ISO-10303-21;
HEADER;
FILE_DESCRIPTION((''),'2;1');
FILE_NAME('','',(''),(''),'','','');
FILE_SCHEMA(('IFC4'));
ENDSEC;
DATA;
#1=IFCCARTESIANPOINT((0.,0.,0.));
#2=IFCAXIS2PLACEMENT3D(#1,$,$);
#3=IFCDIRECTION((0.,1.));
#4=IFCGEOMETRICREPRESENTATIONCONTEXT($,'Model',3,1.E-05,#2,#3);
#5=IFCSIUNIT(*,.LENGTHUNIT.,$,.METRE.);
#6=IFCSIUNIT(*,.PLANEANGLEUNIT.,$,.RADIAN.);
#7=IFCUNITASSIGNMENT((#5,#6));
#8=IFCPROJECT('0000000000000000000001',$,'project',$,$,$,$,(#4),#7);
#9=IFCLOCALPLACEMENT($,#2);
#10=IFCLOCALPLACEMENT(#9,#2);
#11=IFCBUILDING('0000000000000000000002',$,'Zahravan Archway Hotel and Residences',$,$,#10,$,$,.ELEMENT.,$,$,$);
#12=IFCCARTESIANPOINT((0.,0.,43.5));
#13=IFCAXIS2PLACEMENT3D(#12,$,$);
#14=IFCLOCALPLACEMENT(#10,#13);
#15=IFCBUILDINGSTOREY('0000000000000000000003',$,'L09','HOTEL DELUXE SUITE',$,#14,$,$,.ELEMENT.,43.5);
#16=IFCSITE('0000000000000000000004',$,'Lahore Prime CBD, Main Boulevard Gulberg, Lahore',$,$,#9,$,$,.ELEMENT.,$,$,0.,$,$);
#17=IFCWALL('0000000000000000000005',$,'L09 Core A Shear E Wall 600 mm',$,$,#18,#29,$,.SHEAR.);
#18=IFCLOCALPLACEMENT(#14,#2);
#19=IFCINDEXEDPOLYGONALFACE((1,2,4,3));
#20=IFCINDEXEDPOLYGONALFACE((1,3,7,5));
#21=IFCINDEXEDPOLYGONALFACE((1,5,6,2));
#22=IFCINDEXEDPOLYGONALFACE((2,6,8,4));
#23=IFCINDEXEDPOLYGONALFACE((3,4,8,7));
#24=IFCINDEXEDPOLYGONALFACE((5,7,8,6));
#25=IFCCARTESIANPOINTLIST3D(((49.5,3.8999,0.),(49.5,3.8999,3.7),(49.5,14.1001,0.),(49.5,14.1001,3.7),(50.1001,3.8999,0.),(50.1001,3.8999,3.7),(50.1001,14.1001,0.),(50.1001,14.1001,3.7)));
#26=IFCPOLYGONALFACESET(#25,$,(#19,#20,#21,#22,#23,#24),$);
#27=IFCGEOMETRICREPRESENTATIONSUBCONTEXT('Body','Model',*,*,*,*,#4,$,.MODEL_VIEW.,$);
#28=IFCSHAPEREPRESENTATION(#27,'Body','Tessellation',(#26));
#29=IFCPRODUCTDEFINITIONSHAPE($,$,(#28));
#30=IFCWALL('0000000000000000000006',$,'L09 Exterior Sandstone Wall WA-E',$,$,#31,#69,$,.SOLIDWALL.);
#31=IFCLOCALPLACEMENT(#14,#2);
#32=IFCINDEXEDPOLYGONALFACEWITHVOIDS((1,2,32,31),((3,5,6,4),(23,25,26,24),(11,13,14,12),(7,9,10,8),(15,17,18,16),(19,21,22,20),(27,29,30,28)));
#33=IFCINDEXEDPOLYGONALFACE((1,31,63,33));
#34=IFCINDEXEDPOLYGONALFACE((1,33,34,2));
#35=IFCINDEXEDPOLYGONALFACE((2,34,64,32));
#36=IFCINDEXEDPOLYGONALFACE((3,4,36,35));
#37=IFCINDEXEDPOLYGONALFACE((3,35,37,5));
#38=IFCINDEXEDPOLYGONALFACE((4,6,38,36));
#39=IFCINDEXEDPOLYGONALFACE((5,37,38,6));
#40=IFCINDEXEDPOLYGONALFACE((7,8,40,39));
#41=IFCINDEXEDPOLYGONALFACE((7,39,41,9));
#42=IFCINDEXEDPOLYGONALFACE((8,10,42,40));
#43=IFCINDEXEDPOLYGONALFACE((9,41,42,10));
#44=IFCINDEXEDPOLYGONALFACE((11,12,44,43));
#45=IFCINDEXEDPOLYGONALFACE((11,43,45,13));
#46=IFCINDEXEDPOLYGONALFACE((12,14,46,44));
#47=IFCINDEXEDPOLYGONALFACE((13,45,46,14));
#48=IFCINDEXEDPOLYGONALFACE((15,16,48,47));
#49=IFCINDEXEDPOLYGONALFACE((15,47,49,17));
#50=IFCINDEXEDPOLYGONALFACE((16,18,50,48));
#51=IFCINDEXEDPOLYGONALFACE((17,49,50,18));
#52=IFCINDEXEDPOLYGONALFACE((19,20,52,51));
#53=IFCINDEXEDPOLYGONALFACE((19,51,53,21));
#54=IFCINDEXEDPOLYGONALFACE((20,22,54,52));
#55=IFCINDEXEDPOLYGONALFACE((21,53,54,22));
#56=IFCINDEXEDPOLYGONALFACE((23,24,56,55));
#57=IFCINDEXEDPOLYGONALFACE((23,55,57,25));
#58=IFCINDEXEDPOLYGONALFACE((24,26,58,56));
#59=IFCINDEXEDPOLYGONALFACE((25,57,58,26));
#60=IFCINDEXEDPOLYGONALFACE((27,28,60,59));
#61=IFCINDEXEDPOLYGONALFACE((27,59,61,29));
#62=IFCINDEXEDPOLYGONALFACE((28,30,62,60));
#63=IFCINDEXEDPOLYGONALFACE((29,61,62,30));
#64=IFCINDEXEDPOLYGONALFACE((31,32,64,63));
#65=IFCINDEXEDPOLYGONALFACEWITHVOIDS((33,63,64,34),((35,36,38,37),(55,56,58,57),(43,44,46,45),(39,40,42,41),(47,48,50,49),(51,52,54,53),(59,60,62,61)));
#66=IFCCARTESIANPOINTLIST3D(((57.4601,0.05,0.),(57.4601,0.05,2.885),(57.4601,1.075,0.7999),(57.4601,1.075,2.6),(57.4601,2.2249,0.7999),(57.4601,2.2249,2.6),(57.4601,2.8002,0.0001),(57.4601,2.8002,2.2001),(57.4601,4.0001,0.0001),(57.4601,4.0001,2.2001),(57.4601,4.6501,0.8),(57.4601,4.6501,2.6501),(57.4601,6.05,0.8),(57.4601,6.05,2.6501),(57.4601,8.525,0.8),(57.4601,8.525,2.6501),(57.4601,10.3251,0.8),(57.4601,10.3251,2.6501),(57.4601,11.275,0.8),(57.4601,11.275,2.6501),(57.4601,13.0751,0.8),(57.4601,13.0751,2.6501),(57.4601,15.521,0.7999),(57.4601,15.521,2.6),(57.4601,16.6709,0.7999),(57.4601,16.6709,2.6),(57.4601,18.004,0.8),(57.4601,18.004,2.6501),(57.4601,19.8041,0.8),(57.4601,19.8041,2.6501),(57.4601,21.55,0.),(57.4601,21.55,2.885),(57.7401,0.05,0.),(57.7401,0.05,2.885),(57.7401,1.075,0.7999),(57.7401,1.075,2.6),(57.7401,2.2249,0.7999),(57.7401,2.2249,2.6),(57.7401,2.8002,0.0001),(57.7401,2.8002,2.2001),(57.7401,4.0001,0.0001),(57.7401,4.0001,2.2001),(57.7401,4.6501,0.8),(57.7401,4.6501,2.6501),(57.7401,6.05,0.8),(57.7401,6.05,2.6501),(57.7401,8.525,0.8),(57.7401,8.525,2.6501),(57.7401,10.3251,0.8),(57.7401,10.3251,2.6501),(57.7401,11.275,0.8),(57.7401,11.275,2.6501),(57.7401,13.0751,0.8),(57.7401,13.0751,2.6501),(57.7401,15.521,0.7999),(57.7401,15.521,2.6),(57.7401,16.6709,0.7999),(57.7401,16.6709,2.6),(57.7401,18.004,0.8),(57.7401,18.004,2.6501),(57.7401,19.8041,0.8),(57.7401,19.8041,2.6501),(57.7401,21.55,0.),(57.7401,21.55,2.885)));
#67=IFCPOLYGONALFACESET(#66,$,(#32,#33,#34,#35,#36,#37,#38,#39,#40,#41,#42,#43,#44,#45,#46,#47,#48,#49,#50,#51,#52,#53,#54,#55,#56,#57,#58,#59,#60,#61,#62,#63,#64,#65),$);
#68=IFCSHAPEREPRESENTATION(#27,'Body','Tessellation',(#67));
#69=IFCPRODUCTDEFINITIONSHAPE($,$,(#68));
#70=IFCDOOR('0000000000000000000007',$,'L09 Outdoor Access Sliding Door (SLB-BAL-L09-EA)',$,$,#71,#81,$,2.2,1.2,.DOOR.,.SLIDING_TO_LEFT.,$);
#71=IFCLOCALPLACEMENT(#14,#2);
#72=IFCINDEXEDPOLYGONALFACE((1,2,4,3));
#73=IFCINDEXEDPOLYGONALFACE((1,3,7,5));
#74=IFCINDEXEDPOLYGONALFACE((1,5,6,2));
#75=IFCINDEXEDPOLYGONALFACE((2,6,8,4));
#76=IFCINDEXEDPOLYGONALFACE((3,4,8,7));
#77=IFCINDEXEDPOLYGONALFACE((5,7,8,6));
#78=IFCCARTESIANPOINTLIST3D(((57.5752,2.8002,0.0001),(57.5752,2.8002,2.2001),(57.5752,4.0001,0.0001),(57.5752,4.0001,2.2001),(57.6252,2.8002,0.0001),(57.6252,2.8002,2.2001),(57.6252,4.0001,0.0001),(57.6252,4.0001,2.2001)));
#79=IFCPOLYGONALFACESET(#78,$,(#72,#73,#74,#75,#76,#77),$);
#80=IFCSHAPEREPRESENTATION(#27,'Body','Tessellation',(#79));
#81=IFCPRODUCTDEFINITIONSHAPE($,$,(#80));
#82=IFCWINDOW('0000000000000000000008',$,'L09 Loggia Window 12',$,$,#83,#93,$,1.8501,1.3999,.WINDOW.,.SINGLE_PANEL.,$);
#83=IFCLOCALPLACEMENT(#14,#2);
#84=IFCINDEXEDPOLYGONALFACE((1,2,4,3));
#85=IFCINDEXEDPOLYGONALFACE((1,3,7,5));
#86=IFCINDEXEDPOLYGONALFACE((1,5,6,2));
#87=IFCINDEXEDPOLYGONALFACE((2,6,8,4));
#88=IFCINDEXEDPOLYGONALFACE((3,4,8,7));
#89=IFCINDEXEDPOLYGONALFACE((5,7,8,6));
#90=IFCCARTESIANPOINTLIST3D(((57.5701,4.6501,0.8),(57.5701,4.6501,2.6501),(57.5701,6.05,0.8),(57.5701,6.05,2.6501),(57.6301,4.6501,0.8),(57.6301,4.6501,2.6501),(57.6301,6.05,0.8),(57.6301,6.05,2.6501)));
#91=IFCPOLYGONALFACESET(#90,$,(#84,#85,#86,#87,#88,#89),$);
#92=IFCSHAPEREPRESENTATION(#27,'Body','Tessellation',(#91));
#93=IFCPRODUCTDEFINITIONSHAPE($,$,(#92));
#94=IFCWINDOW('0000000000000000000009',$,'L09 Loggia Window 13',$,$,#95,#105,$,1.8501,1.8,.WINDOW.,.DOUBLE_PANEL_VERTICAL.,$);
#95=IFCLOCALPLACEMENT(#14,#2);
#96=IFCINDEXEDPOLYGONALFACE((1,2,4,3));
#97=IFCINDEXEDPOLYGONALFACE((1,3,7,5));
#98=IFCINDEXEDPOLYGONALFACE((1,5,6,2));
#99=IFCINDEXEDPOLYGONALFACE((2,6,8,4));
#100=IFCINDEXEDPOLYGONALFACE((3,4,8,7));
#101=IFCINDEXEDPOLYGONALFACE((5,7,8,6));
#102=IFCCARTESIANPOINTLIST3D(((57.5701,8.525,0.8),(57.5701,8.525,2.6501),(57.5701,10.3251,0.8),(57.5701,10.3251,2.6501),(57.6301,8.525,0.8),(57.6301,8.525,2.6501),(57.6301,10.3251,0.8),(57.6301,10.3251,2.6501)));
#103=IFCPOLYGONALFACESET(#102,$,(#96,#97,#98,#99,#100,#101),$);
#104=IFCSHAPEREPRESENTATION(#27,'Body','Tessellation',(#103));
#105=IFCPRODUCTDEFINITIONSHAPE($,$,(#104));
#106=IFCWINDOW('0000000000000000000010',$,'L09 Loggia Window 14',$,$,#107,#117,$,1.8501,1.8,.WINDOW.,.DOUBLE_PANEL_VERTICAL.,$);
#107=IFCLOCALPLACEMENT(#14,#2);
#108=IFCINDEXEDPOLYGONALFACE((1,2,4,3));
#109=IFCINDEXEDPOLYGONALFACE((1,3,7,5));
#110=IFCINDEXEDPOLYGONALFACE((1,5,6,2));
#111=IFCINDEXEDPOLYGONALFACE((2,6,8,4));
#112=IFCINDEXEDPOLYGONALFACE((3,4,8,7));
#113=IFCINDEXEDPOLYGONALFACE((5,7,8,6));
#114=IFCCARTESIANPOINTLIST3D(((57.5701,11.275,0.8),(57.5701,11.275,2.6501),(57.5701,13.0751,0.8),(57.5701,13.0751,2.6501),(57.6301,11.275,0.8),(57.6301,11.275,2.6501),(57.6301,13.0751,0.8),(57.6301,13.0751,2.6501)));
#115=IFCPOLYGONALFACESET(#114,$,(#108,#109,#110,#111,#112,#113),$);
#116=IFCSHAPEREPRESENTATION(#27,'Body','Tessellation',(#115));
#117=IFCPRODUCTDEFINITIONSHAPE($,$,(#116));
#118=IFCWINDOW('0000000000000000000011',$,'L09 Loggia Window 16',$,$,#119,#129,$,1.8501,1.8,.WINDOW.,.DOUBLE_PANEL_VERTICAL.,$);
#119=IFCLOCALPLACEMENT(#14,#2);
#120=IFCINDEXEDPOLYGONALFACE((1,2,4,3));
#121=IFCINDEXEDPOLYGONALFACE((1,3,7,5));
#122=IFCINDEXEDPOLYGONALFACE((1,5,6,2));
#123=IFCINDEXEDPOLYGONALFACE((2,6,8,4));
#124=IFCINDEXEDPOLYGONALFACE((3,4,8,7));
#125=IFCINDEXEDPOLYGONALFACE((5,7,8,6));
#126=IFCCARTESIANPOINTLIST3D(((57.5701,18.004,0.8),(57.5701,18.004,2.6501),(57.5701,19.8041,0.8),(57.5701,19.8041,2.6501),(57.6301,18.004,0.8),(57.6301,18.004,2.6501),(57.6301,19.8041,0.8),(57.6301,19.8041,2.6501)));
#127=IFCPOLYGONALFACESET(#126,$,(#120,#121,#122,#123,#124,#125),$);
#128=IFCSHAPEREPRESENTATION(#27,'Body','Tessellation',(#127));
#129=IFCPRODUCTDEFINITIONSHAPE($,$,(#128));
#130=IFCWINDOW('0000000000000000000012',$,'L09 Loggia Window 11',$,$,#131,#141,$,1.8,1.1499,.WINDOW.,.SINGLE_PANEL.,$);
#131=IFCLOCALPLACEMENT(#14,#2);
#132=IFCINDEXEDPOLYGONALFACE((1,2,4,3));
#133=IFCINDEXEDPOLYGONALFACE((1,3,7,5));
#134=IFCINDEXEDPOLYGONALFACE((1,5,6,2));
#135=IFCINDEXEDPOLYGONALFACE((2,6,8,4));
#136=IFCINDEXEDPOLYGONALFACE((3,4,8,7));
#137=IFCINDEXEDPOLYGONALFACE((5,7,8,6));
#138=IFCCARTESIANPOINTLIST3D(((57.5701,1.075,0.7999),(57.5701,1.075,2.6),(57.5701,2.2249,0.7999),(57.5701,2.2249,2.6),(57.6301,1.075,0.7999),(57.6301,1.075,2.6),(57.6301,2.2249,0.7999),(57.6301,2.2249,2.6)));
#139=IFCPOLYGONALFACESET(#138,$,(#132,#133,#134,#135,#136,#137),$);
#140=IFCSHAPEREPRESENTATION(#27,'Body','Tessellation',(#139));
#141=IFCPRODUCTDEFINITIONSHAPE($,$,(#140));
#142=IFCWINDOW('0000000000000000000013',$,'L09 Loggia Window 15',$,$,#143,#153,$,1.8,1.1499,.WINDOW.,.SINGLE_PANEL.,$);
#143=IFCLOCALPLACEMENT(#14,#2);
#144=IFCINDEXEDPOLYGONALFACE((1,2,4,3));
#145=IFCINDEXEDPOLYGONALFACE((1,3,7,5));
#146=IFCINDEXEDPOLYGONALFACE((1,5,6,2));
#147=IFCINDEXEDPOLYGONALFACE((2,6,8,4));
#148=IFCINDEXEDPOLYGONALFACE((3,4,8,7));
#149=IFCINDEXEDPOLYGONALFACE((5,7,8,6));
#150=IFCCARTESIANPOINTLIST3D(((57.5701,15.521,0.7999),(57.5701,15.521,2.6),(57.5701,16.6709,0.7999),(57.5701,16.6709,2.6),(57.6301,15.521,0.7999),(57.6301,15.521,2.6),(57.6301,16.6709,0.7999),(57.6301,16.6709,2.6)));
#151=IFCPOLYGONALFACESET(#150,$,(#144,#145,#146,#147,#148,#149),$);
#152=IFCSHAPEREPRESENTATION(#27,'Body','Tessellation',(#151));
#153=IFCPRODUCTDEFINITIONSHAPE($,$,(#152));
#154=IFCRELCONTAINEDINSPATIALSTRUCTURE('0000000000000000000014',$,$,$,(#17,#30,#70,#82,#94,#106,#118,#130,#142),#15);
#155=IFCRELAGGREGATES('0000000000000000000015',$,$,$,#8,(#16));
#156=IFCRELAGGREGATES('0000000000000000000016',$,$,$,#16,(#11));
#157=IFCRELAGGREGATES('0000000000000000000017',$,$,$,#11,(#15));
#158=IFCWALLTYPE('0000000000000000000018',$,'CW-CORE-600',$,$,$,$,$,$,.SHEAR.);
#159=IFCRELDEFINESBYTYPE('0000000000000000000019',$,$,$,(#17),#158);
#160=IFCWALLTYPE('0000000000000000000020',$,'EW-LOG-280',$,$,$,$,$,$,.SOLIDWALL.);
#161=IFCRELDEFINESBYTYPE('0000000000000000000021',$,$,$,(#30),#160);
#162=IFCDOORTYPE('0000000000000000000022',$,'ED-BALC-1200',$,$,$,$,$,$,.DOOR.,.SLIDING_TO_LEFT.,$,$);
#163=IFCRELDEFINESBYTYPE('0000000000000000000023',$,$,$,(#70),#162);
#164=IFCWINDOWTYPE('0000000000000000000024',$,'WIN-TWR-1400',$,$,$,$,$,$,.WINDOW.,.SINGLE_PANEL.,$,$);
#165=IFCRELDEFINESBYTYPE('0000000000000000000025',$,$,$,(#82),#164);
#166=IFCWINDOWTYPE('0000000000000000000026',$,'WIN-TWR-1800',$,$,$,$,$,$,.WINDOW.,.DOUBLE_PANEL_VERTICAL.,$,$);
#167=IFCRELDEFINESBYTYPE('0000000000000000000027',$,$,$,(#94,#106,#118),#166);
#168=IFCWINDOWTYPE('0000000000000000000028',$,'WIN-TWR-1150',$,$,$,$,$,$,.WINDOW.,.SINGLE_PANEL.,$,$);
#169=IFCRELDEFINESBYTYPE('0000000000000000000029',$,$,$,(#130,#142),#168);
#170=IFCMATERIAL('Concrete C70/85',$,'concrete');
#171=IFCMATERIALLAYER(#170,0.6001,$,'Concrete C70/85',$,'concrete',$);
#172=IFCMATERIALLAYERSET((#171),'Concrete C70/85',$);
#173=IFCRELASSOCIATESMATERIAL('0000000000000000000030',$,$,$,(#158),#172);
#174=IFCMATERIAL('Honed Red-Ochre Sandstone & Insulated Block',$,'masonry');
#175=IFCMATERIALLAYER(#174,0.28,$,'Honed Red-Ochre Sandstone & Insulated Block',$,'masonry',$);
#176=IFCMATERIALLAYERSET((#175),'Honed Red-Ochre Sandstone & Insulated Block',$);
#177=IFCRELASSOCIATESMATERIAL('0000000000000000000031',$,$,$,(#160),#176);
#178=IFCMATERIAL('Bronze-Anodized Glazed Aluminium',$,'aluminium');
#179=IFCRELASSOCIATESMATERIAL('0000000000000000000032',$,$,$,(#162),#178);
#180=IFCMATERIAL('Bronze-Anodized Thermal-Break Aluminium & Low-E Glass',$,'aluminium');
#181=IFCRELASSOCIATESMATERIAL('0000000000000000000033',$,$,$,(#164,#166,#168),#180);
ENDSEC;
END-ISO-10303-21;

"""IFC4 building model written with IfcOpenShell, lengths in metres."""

from ifc_helpers import new_model, si_unit, direction, frame, frame_2d, origin, place, context, subcontext, project, spatial, rectangle, extrude, source, transform, mapped, material, layer, layer_set, type_object, type_shapes, element, fill, save


model = new_model("IFC4")

# Units and contexts
model_context = context("Model", 3, precision=1e-05, world=origin(), true_north=direction((0.0, 1.0)))
body_context = subcontext(model_context, "Body", "Model", "MODEL_VIEW")
ifc_project = project(units=[si_unit("LENGTHUNIT", "METRE"), si_unit("PLANEANGLEUNIT", "RADIAN")], contexts=[model_context])

# Site, building, storey
site_placement = place(None, origin())
site = spatial("IfcSite", under=ifc_project, at=site_placement, Name="Lahore Prime CBD, Main Boulevard Gulberg, Lahore", CompositionType="ELEMENT", RefElevation=0.0)
building_placement = place(site_placement, origin())
building = spatial("IfcBuilding", under=site, at=building_placement, Name="Zahravan Archway Hotel and Residences", CompositionType="ELEMENT")
storey_placement = place(building_placement, frame((0.0, 0.0, 43.5)))
storey = spatial("IfcBuildingStorey", under=building, at=storey_placement, Name="L09", Description="HOTEL DELUXE SUITE", CompositionType="ELEMENT", Elevation=43.5)

# Shared definitions
ifc_material_1 = material(Name="Concrete C70/85", Category="concrete")

# Wall
ifc_layer_1 = layer(ifc_material_1, 0.6001, Name="Concrete C70/85", Category="concrete")
ifc_layer_set_1 = layer_set([ifc_layer_1], Name="Concrete C70/85")
wall_type_1 = type_object("IfcWallType", Name="CW-CORE-600", PredefinedType="SHEAR", material=ifc_layer_set_1)
wall_1_placement = place(storey_placement, frame((49.8, 3.8999, 0.0), z_axis=(0.0, 0.0, 1.0), x_axis=(0.0, 1.0, 0.0)))
element("IfcWall", 1, at=wall_1_placement, inside=storey, type_object=wall_type_1, Name="L09 Core A Shear E Wall 600 mm", PredefinedType="SHEAR", context=body_context, shape_type="SweptSolid", body=[
    extrude(rectangle(XDim=10.2002, YDim=0.6001, at=frame_2d((5.1001, 0.0))), origin(), (0.0, 0.0, 1.0), 3.7),
])

# Wall, openings, door, windows
ifc_material_2 = material(Name="Honed Red-Ochre Sandstone & Insulated Block", Category="masonry")
ifc_layer_2 = layer(ifc_material_2, 0.28, Name="Honed Red-Ochre Sandstone & Insulated Block", Category="masonry")
ifc_layer_set_2 = layer_set([ifc_layer_2], Name="Honed Red-Ochre Sandstone & Insulated Block")
wall_type_2 = type_object("IfcWallType", Name="EW-LOG-280", PredefinedType="SOLIDWALL", material=ifc_layer_set_2)
wall_2_placement = place(storey_placement, frame((57.6001, 0.05, 0.0), z_axis=(0.0, 0.0, 1.0), x_axis=(0.0, 1.0, 0.0)))
wall_2 = element("IfcWall", 2, at=wall_2_placement, inside=storey, type_object=wall_type_2, Name="L09 Exterior Sandstone Wall WA-E", PredefinedType="SOLIDWALL", context=body_context, shape_type="SweptSolid", body=[
    extrude(rectangle(XDim=21.5, YDim=0.28, at=frame_2d((10.75, 0.0))), origin(), (0.0, 0.0, 1.0), 2.885),
])
opening_1_placement = place(wall_2_placement, frame((2.75, 0.0, 0.0)))
opening_1 = element("IfcOpeningElement", 3, at=opening_1_placement, cuts=wall_2, PredefinedType="OPENING", context=body_context, shape_type="SweptSolid", body=[
    extrude(rectangle(XDim=1.2, YDim=2.2, at=frame_2d((0.6001, 1.1001))), frame((0.0, 0.1499, 0.0), z_axis=(0.0, -1.0, 0.0), x_axis=(1.0, 0.0, 0.0)), (0.0, 0.0, 1.0), 0.3),
])
opening_2_placement = place(wall_2_placement, frame((1.0249, 0.0, 0.8)))
opening_2 = element("IfcOpeningElement", 4, at=opening_2_placement, cuts=wall_2, PredefinedType="OPENING", context=body_context, shape_type="SweptSolid", body=[
    extrude(rectangle(XDim=1.1499, YDim=1.8, at=frame_2d((0.575, 0.8999))), frame((0.0, 0.1499, 0.0), z_axis=(0.0, -1.0, 0.0), x_axis=(1.0, 0.0, 0.0)), (0.0, 0.0, 1.0), 0.3),
])
opening_3_placement = place(wall_2_placement, frame((4.6001, 0.0, 0.8)))
opening_3 = element("IfcOpeningElement", 5, at=opening_3_placement, cuts=wall_2, PredefinedType="OPENING", context=body_context, shape_type="SweptSolid", body=[
    extrude(rectangle(XDim=1.3999, YDim=1.8501, at=frame_2d((0.7, 0.925))), frame((0.0, 0.1499, 0.0), z_axis=(0.0, -1.0, 0.0), x_axis=(1.0, 0.0, 0.0)), (0.0, 0.0, 1.0), 0.3),
])
opening_4_placement = place(wall_2_placement, frame((8.4751, 0.0, 0.8)))
opening_4 = element("IfcOpeningElement", 6, at=opening_4_placement, cuts=wall_2, PredefinedType="OPENING", context=body_context, shape_type="SweptSolid", body=[
    extrude(rectangle(XDim=1.8, YDim=1.8501, at=frame_2d((0.8999, 0.925))), frame((0.0, 0.1499, 0.0), z_axis=(0.0, -1.0, 0.0), x_axis=(1.0, 0.0, 0.0)), (0.0, 0.0, 1.0), 0.3),
])
opening_5_placement = place(wall_2_placement, frame((11.2251, 0.0, 0.8)))
opening_5 = element("IfcOpeningElement", 7, at=opening_5_placement, cuts=wall_2, PredefinedType="OPENING", context=body_context, shape_type="SweptSolid", body=[
    extrude(rectangle(XDim=1.8, YDim=1.8501, at=frame_2d((0.8999, 0.925))), frame((0.0, 0.1499, 0.0), z_axis=(0.0, -1.0, 0.0), x_axis=(1.0, 0.0, 0.0)), (0.0, 0.0, 1.0), 0.3),
])
opening_6_placement = place(wall_2_placement, frame((15.4709, 0.0, 0.8)))
opening_6 = element("IfcOpeningElement", 8, at=opening_6_placement, cuts=wall_2, PredefinedType="OPENING", context=body_context, shape_type="SweptSolid", body=[
    extrude(rectangle(XDim=1.1499, YDim=1.8, at=frame_2d((0.575, 0.8999))), frame((0.0, 0.1499, 0.0), z_axis=(0.0, -1.0, 0.0), x_axis=(1.0, 0.0, 0.0)), (0.0, 0.0, 1.0), 0.3),
])
opening_7_placement = place(wall_2_placement, frame((17.9541, 0.0, 0.8)))
opening_7 = element("IfcOpeningElement", 9, at=opening_7_placement, cuts=wall_2, PredefinedType="OPENING", context=body_context, shape_type="SweptSolid", body=[
    extrude(rectangle(XDim=1.8, YDim=1.8501, at=frame_2d((0.8999, 0.925))), frame((0.0, 0.1499, 0.0), z_axis=(0.0, -1.0, 0.0), x_axis=(1.0, 0.0, 0.0)), (0.0, 0.0, 1.0), 0.3),
])
ifc_material_3 = material(Name="Bronze-Anodized Glazed Aluminium", Category="aluminium")
door_type = type_object("IfcDoorType", Name="ED-BALC-1200", OperationType="SLIDING_TO_LEFT", PredefinedType="DOOR", material=ifc_material_3)
shared_shape_1 = source(origin(), body_context, "Body", "SweptSolid", [
    extrude(rectangle(XDim=1.2, YDim=2.2, at=frame_2d((0.6001, 1.1001))), frame((0.0, 0.0249, 0.0), z_axis=(0.0, -1.0, 0.0), x_axis=(1.0, 0.0, 0.0)), (0.0, 0.0, 1.0), 0.05),
])
type_shapes(door_type, [shared_shape_1])
door_placement = place(opening_1_placement, origin())
door = element("IfcDoor", 10, at=door_placement, inside=storey, type_object=door_type, Name="L09 Outdoor Access Sliding Door (SLB-BAL-L09-EA)", OperationType="SLIDING_TO_LEFT", OverallHeight=2.2, OverallWidth=1.2, PredefinedType="DOOR", context=body_context, shape_type="MappedRepresentation", body=[
    mapped(shared_shape_1, transform((0.0, 0.0, 0.0), scale=1.0)),
])
fill(opening_1, door)
ifc_material_4 = material(Name="Bronze-Anodized Thermal-Break Aluminium & Low-E Glass", Category="aluminium")
window_type_1 = type_object("IfcWindowType", Name="WIN-TWR-1400", PartitioningType="SINGLE_PANEL", PredefinedType="WINDOW", material=ifc_material_4)
shared_shape_2 = source(origin(), body_context, "Body", "SweptSolid", [
    extrude(rectangle(XDim=1.3999, YDim=1.8501, at=frame_2d((0.7, 0.925))), frame((0.0, 0.03, 0.0), z_axis=(0.0, -1.0, 0.0), x_axis=(1.0, 0.0, 0.0)), (0.0, 0.0, 1.0), 0.0601),
])
type_shapes(window_type_1, [shared_shape_2])
window_1_placement = place(opening_3_placement, origin())
window_1 = element("IfcWindow", 11, at=window_1_placement, inside=storey, type_object=window_type_1, Name="L09 Loggia Window 12", OverallHeight=1.8501, OverallWidth=1.3999, PartitioningType="SINGLE_PANEL", PredefinedType="WINDOW", context=body_context, shape_type="MappedRepresentation", body=[
    mapped(shared_shape_2, transform((0.0, 0.0, 0.0), scale=1.0)),
])
fill(opening_3, window_1)
window_type_2 = type_object("IfcWindowType", Name="WIN-TWR-1800", PartitioningType="DOUBLE_PANEL_VERTICAL", PredefinedType="WINDOW", material=ifc_material_4)
shared_shape_3 = source(origin(), body_context, "Body", "SweptSolid", [
    extrude(rectangle(XDim=1.8, YDim=1.8501, at=frame_2d((0.8999, 0.925))), frame((0.0, 0.03, 0.0), z_axis=(0.0, -1.0, 0.0), x_axis=(1.0, 0.0, 0.0)), (0.0, 0.0, 1.0), 0.0601),
])
type_shapes(window_type_2, [shared_shape_3])
window_2_placement = place(opening_4_placement, origin())
window_2 = element("IfcWindow", 12, at=window_2_placement, inside=storey, type_object=window_type_2, Name="L09 Loggia Window 13", OverallHeight=1.8501, OverallWidth=1.8, PartitioningType="DOUBLE_PANEL_VERTICAL", PredefinedType="WINDOW", context=body_context, shape_type="MappedRepresentation", body=[
    mapped(shared_shape_3, transform((0.0, 0.0, 0.0), scale=1.0)),
])
fill(opening_4, window_2)
window_3_placement = place(opening_5_placement, origin())
window_3 = element("IfcWindow", 13, at=window_3_placement, inside=storey, type_object=window_type_2, Name="L09 Loggia Window 14", OverallHeight=1.8501, OverallWidth=1.8, PartitioningType="DOUBLE_PANEL_VERTICAL", PredefinedType="WINDOW", context=body_context, shape_type="MappedRepresentation", body=[
    mapped(shared_shape_3, transform((0.0, 0.0, 0.0), scale=1.0)),
])
fill(opening_5, window_3)
window_4_placement = place(opening_7_placement, origin())
window_4 = element("IfcWindow", 14, at=window_4_placement, inside=storey, type_object=window_type_2, Name="L09 Loggia Window 16", OverallHeight=1.8501, OverallWidth=1.8, PartitioningType="DOUBLE_PANEL_VERTICAL", PredefinedType="WINDOW", context=body_context, shape_type="MappedRepresentation", body=[
    mapped(shared_shape_3, transform((0.0, 0.0, 0.0), scale=1.0)),
])
fill(opening_7, window_4)
window_type_3 = type_object("IfcWindowType", Name="WIN-TWR-1150", PartitioningType="SINGLE_PANEL", PredefinedType="WINDOW", material=ifc_material_4)
shared_shape_4 = source(origin(), body_context, "Body", "SweptSolid", [
    extrude(rectangle(XDim=1.1499, YDim=1.8, at=frame_2d((0.575, 0.8999))), frame((0.0, 0.03, 0.0), z_axis=(0.0, -1.0, 0.0), x_axis=(1.0, 0.0, 0.0)), (0.0, 0.0, 1.0), 0.0601),
])
type_shapes(window_type_3, [shared_shape_4])
window_5_placement = place(opening_2_placement, origin())
window_5 = element("IfcWindow", 15, at=window_5_placement, inside=storey, type_object=window_type_3, Name="L09 Loggia Window 11", OverallHeight=1.8, OverallWidth=1.1499, PartitioningType="SINGLE_PANEL", PredefinedType="WINDOW", context=body_context, shape_type="MappedRepresentation", body=[
    mapped(shared_shape_4, transform((0.0, 0.0, 0.0), scale=1.0)),
])
fill(opening_2, window_5)
window_6_placement = place(opening_6_placement, origin())
window_6 = element("IfcWindow", 16, at=window_6_placement, inside=storey, type_object=window_type_3, Name="L09 Loggia Window 15", OverallHeight=1.8, OverallWidth=1.1499, PartitioningType="SINGLE_PANEL", PredefinedType="WINDOW", context=body_context, shape_type="MappedRepresentation", body=[
    mapped(shared_shape_4, transform((0.0, 0.0, 0.0), scale=1.0)),
])
fill(opening_6, window_6)

save(model, "model.ifc")
